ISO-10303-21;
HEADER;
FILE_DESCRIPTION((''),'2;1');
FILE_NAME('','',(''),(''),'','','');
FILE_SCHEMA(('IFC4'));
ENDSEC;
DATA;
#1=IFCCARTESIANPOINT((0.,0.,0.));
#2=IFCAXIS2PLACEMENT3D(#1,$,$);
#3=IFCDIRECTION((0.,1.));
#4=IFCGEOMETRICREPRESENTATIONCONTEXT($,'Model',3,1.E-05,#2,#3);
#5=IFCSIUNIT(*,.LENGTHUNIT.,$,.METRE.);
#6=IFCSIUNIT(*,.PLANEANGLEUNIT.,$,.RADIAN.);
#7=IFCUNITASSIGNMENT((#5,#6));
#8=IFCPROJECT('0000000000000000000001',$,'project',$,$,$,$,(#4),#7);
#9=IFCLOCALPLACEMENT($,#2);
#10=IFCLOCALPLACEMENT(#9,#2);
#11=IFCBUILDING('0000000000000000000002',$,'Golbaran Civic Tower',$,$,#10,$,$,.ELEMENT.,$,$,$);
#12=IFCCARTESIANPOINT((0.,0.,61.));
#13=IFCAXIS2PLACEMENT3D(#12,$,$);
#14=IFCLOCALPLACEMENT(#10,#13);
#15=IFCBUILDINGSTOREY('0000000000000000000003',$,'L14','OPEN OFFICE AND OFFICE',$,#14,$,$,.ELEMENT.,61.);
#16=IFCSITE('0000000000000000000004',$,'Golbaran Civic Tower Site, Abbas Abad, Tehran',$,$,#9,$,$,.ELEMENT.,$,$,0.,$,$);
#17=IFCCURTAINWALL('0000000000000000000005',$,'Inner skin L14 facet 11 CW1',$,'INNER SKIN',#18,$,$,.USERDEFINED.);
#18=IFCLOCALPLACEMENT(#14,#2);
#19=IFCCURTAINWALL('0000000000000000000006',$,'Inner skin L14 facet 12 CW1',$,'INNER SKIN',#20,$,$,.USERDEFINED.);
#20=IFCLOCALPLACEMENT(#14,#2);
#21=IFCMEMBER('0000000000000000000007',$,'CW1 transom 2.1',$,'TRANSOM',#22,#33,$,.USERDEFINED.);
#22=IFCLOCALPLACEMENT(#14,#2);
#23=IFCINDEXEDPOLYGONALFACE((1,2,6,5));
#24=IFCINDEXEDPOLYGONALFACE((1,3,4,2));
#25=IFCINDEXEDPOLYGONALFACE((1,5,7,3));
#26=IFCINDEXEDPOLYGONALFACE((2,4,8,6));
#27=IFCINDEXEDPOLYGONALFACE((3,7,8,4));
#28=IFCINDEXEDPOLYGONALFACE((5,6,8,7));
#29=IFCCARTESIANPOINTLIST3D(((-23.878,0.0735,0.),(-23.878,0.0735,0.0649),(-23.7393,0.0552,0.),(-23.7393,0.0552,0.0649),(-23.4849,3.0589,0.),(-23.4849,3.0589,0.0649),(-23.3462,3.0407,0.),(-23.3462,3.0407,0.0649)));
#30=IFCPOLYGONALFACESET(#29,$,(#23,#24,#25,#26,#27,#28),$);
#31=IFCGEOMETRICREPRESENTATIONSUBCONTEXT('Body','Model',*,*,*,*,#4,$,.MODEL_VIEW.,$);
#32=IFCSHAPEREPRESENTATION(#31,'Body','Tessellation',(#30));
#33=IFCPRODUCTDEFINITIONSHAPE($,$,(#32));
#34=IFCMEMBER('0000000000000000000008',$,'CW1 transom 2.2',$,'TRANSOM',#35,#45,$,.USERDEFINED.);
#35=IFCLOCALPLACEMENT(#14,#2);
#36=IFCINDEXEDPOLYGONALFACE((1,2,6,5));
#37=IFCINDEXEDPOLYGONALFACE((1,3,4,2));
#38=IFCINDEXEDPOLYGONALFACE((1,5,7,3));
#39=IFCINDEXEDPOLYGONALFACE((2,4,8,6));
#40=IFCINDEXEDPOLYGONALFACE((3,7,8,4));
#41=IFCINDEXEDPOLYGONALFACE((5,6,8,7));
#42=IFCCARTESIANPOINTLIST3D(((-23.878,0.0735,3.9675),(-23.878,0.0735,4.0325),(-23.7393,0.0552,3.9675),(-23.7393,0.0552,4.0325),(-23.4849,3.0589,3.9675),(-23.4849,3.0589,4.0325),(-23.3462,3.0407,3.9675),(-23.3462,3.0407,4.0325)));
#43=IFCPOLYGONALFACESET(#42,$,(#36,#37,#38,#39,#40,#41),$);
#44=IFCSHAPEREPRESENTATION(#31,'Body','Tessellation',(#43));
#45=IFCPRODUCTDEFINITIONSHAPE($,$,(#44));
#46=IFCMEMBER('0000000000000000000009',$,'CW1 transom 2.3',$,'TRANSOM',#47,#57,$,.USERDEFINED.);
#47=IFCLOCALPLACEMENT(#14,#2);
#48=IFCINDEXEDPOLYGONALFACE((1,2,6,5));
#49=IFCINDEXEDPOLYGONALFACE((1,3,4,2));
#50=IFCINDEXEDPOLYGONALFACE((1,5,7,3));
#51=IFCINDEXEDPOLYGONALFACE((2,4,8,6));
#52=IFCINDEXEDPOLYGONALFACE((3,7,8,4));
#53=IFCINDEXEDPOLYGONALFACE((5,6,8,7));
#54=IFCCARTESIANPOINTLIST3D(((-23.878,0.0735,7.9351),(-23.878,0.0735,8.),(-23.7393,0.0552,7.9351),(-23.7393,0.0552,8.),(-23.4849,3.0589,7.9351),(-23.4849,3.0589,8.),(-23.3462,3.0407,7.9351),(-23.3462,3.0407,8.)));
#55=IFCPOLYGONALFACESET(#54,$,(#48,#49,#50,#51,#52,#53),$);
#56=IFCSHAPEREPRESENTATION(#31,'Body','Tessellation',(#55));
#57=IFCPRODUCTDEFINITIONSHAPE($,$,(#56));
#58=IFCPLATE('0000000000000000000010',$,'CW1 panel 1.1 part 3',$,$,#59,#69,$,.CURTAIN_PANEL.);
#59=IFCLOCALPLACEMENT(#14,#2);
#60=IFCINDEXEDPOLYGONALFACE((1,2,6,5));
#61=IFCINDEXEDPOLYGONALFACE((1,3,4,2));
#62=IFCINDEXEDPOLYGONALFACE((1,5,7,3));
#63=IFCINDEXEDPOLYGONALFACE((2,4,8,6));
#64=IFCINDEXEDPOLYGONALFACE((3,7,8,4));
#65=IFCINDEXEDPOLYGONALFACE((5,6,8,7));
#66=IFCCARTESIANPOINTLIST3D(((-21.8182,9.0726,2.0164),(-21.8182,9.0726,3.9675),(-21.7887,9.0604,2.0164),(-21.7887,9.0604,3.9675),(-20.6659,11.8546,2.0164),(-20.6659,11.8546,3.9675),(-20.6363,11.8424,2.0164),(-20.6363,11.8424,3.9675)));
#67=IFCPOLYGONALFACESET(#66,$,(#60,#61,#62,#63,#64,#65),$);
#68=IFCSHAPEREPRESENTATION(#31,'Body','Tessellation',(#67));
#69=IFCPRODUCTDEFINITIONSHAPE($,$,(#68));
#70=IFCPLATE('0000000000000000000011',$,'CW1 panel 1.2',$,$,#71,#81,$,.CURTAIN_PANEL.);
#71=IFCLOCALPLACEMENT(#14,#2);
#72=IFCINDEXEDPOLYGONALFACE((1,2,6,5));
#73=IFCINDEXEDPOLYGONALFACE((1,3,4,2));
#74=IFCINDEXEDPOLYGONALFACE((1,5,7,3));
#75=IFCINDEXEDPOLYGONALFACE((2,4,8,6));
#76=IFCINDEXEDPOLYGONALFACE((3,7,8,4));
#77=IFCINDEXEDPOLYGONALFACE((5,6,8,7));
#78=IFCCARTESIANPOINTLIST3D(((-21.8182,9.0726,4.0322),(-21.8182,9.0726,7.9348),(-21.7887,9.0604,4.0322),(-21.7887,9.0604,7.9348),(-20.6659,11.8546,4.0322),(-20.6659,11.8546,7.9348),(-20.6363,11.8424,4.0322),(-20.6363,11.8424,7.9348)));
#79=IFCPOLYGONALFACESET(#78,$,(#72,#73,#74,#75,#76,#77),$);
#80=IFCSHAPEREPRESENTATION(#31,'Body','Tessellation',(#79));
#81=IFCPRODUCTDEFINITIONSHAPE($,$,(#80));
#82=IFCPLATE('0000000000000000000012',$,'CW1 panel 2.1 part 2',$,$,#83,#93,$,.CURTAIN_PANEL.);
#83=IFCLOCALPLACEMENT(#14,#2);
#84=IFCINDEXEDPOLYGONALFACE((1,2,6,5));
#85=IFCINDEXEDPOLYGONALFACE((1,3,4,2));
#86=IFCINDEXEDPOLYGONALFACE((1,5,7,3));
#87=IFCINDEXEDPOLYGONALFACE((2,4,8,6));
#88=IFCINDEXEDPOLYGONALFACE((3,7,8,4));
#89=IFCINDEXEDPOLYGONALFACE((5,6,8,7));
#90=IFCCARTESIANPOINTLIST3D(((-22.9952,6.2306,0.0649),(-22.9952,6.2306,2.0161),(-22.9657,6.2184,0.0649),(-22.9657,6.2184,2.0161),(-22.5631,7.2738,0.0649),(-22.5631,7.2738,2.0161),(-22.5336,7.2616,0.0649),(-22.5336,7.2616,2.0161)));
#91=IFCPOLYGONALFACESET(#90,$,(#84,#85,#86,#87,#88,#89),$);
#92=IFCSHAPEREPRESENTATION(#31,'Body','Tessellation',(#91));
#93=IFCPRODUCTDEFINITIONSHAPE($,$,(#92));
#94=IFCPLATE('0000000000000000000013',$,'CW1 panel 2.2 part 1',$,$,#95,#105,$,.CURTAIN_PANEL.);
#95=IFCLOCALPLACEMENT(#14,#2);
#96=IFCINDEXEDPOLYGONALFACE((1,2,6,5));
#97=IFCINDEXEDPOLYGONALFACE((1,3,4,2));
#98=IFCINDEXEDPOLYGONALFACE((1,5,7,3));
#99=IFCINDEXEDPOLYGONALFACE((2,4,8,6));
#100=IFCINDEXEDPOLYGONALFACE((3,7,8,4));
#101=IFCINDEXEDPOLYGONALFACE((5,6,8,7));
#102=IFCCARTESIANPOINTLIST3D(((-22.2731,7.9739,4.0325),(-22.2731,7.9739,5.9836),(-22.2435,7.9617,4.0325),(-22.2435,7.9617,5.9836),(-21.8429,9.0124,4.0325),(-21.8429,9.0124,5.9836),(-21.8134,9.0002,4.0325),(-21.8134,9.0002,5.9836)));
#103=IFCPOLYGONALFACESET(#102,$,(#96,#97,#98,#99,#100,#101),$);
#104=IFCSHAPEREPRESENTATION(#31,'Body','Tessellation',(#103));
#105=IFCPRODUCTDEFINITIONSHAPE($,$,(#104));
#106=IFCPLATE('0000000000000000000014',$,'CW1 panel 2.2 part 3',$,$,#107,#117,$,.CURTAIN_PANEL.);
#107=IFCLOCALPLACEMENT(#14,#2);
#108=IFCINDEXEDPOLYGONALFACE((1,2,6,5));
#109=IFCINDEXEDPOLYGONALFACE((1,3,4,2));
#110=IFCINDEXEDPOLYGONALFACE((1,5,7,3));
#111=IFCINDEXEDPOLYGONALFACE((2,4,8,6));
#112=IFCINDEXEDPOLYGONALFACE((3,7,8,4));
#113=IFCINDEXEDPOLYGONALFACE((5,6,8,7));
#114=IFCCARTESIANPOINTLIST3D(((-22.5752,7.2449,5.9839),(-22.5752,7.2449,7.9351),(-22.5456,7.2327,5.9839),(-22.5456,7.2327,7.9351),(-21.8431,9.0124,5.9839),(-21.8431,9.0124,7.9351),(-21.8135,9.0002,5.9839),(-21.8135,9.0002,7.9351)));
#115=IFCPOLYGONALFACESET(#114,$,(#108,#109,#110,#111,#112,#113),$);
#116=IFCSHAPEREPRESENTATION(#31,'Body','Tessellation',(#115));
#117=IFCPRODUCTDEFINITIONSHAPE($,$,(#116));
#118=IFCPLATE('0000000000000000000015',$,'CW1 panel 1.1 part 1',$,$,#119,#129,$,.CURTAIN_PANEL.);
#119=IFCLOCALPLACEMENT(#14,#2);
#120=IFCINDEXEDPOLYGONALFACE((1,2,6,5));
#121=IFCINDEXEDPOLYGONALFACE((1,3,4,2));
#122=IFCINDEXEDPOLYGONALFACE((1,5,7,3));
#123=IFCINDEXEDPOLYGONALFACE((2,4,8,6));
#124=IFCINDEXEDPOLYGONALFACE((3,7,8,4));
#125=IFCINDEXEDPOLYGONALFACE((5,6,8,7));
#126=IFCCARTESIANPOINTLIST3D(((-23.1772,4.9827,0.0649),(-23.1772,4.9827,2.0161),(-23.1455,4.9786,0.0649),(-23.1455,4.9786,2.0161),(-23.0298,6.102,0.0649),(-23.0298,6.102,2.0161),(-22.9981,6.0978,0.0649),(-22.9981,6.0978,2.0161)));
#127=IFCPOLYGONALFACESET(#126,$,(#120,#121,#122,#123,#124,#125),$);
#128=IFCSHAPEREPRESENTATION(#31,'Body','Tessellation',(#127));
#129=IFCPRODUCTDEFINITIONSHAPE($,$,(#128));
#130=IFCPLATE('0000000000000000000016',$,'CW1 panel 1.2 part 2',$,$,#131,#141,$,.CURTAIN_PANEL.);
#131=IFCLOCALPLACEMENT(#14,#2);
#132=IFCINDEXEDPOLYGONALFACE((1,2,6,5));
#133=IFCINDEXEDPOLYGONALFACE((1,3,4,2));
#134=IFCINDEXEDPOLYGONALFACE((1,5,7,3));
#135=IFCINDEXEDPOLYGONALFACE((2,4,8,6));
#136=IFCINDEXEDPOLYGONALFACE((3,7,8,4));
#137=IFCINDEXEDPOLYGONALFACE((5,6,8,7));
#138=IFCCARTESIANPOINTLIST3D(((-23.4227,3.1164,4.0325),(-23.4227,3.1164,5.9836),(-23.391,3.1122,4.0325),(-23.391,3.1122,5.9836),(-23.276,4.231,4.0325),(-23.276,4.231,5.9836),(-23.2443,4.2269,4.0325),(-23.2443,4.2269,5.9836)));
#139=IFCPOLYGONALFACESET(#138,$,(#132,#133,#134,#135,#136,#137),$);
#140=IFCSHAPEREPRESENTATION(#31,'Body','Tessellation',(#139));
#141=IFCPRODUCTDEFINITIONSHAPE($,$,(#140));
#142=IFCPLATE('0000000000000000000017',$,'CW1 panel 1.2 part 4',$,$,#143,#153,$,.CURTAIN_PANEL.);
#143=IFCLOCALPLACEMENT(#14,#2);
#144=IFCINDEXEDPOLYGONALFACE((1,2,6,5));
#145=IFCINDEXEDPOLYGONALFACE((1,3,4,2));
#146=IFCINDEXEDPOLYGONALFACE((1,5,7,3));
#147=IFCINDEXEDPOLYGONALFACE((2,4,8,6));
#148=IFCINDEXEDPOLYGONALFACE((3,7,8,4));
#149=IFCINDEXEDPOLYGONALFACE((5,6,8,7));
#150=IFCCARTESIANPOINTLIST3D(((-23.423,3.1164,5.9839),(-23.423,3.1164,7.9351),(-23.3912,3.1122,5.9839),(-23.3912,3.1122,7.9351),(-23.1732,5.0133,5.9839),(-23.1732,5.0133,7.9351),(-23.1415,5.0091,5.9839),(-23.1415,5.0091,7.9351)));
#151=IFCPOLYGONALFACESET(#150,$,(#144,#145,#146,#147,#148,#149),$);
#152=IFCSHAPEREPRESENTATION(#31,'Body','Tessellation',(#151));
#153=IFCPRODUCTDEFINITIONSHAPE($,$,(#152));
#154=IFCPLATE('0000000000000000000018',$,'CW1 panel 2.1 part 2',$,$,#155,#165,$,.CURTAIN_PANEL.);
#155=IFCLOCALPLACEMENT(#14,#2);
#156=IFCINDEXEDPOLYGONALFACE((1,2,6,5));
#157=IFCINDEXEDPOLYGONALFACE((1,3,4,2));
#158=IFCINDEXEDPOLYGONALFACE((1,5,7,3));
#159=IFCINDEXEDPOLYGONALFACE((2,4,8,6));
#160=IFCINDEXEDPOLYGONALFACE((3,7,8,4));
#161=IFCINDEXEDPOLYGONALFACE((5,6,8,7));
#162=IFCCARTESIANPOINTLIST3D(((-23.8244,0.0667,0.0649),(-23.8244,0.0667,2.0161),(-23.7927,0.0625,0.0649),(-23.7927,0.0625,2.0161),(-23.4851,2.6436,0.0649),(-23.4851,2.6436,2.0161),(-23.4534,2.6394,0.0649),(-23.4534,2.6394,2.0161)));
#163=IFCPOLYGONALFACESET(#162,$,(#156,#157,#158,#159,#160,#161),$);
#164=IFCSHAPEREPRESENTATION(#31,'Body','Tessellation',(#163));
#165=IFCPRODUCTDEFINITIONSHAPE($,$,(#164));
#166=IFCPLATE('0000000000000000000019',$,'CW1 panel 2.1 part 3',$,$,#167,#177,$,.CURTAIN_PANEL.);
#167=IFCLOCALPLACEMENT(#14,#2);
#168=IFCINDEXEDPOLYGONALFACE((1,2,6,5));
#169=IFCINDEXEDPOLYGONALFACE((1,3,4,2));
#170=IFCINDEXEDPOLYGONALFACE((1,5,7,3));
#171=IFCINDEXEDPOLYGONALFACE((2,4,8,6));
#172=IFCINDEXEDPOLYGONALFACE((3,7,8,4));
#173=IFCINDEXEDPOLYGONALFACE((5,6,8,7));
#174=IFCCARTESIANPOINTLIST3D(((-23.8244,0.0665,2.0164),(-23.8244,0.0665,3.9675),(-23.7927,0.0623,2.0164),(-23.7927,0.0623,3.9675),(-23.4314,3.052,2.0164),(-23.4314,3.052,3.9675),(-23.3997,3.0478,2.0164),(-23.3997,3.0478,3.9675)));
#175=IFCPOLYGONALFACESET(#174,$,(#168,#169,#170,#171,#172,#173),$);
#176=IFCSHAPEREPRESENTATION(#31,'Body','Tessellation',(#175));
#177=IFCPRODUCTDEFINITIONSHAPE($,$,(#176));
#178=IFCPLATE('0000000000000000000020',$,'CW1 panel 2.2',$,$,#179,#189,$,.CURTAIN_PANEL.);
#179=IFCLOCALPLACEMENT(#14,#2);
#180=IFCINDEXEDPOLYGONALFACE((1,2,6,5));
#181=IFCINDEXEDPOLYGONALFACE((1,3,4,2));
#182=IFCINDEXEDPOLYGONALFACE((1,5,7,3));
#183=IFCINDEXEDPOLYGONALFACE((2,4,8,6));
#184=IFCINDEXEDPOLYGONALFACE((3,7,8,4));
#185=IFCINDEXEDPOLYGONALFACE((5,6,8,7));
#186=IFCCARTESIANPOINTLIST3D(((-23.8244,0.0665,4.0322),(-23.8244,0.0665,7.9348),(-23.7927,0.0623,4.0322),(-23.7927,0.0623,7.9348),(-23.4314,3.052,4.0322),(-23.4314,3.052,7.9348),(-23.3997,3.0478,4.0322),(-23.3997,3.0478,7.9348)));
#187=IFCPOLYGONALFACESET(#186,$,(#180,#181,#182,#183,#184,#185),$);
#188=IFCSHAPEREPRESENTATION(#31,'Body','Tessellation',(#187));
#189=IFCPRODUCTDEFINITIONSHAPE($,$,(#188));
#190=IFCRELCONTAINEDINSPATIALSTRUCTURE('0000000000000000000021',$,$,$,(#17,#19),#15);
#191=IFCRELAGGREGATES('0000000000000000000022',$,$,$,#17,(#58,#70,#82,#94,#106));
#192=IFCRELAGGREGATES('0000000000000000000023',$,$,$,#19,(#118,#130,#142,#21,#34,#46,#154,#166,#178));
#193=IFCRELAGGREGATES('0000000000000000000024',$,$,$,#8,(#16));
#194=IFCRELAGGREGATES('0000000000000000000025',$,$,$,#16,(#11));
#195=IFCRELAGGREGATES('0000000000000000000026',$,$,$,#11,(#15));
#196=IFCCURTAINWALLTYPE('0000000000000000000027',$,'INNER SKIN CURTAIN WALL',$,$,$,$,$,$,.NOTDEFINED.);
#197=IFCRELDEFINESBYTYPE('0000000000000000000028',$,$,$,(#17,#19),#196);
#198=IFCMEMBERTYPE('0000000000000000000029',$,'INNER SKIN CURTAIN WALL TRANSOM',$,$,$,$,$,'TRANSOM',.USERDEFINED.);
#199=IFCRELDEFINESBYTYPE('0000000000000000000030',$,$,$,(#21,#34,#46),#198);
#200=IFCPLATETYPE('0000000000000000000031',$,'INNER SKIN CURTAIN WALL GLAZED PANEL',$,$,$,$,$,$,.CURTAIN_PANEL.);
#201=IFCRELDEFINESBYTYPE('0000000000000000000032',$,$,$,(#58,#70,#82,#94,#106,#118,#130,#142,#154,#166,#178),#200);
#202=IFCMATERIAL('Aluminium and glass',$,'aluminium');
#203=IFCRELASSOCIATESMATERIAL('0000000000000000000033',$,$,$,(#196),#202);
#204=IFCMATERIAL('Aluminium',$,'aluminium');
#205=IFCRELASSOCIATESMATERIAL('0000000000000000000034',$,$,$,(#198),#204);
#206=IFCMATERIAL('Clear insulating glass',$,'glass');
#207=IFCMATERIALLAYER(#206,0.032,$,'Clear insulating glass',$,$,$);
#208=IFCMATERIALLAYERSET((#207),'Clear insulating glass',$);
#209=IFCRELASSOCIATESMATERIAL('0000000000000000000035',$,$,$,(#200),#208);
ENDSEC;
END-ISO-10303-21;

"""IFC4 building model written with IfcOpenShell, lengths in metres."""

from ifc_helpers import new_model, si_unit, direction, frame, origin, origin_2d, place, context, subcontext, project, spatial, rectangle, extrude, material, layer, layer_set, material_profile, profile_set, type_object, element, aggregate, save


model = new_model("IFC4")

# Units and contexts
model_context = context("Model", 3, precision=1e-05, world=origin(), true_north=direction((0.0, 1.0)))
body_context = subcontext(model_context, "Body", "Model", "MODEL_VIEW")
ifc_project = project(units=[si_unit("LENGTHUNIT", "METRE"), si_unit("PLANEANGLEUNIT", "RADIAN")], contexts=[model_context])

# Site, building, storey
site_placement = place(None, origin())
site = spatial("IfcSite", under=ifc_project, at=site_placement, Name="Golbaran Civic Tower Site, Abbas Abad, Tehran", CompositionType="ELEMENT", RefElevation=0.0)
building_placement = place(site_placement, origin())
building = spatial("IfcBuilding", under=site, at=building_placement, Name="Golbaran Civic Tower", CompositionType="ELEMENT")
storey_placement = place(building_placement, frame((0.0, 0.0, 61.0)))
storey = spatial("IfcBuildingStorey", under=building, at=storey_placement, Name="L14", Description="OPEN OFFICE AND OFFICE", CompositionType="ELEMENT", Elevation=61.0)

# Curtain walls
ifc_material_1 = material(Name="Aluminium and glass", Category="aluminium")
curtain_wall_type = type_object("IfcCurtainWallType", Name="INNER SKIN CURTAIN WALL", PredefinedType="NOTDEFINED", material=ifc_material_1)
curtain_wall_1_placement = place(storey_placement, origin())
curtain_wall_1 = element("IfcCurtainWall", 1, at=curtain_wall_1_placement, inside=storey, type_object=curtain_wall_type, Name="Inner skin L14 facet 11 CW1", ObjectType="INNER SKIN", PredefinedType="USERDEFINED")
ifc_material_2 = material(Name="Aluminium", Category="aluminium")
curtain_wall_2_placement = place(storey_placement, origin())
curtain_wall_2 = element("IfcCurtainWall", 2, at=curtain_wall_2_placement, inside=storey, type_object=curtain_wall_type, Name="Inner skin L14 facet 12 CW1", ObjectType="INNER SKIN", PredefinedType="USERDEFINED")

# Members
ifc_material_profile_1 = material_profile(ifc_material_2, rectangle(XDim=0.1399, YDim=0.0649, at=origin_2d()), Name="INNER SKIN CURTAIN WALL TRANSOM")
ifc_profile_set_1 = profile_set([ifc_material_profile_1], Name="Aluminium")
member_type_1 = type_object("IfcMemberType", Name="INNER SKIN CURTAIN WALL TRANSOM", ElementType="TRANSOM", PredefinedType="USERDEFINED", material=ifc_profile_set_1)
member_1_placement = place(storey_placement, frame((-23.4155, 3.0498, 0.0325), z_axis=(-0.130538, -0.991443, 0.0), x_axis=(0.991443, -0.130538, 0.0)))
member_1 = element("IfcMember", 3, at=member_1_placement, type_object=member_type_1, Name="CW1 transom 2.1", ObjectType="TRANSOM", PredefinedType="USERDEFINED", context=body_context, shape_type="SweptSolid", body=[
    extrude(rectangle(XDim=0.1399, YDim=0.0649, at=origin_2d()), origin(), (0.0, 0.0, 1.0), 3.0112),
])
member_2_placement = place(storey_placement, frame((-23.4155, 3.0498, 4.0), z_axis=(-0.130538, -0.991443, 0.0), x_axis=(0.991443, -0.130538, 0.0)))
member_2 = element("IfcMember", 4, at=member_2_placement, type_object=member_type_1, Name="CW1 transom 2.2", ObjectType="TRANSOM", PredefinedType="USERDEFINED", context=body_context, shape_type="SweptSolid", body=[
    extrude(rectangle(XDim=0.1399, YDim=0.0649, at=origin_2d()), origin(), (0.0, 0.0, 1.0), 3.0112),
])
member_3_placement = place(storey_placement, frame((-23.4155, 3.0498, 7.9675), z_axis=(-0.130538, -0.991443, 0.0), x_axis=(0.991443, -0.130538, 0.0)))
member_3 = element("IfcMember", 5, at=member_3_placement, type_object=member_type_1, Name="CW1 transom 2.3", ObjectType="TRANSOM", PredefinedType="USERDEFINED", context=body_context, shape_type="SweptSolid", body=[
    extrude(rectangle(XDim=0.1399, YDim=0.0649, at=origin_2d()), origin(), (0.0, 0.0, 1.0), 3.0112),
])

# Plates
ifc_material_3 = material(Name="Clear insulating glass", Category="glass")
ifc_layer_1 = layer(ifc_material_3, 0.032, Name="Clear insulating glass")
ifc_layer_set_1 = layer_set([ifc_layer_1], Name="Clear insulating glass")
plate_type_1 = type_object("IfcPlateType", Name="INNER SKIN CURTAIN WALL GLAZED PANEL", PredefinedType="CURTAIN_PANEL", material=ifc_layer_set_1)
plate_1_placement = place(storey_placement, frame((-21.2273, 10.4575, 2.0164), z_axis=(0.0, 0.0, 1.0), x_axis=(-0.382683, -0.92388, 0.0)))
plate_1 = element("IfcPlate", 6, at=plate_1_placement, type_object=plate_type_1, Name="CW1 panel 1.1 part 3", PredefinedType="CURTAIN_PANEL", context=body_context, shape_type="SweptSolid", body=[
    extrude(rectangle(XDim=3.0112, YDim=0.032, at=origin_2d()), origin(), (0.0, 0.0, 1.0), 1.9512),
])
plate_2_placement = place(storey_placement, frame((-21.2273, 10.4575, 4.0322), z_axis=(0.0, 0.0, 1.0), x_axis=(-0.382683, -0.92388, 0.0)))
plate_2 = element("IfcPlate", 7, at=plate_2_placement, type_object=plate_type_1, Name="CW1 panel 1.2", PredefinedType="CURTAIN_PANEL", context=body_context, shape_type="SweptSolid", body=[
    extrude(rectangle(XDim=3.0112, YDim=0.032, at=origin_2d()), origin(), (0.0, 0.0, 1.0), 3.9026),
])
plate_3_placement = place(storey_placement, frame((-22.7644, 6.7461, 0.0649), z_axis=(0.0, 0.0, 1.0), x_axis=(-0.382683, -0.92388, 0.0)))
plate_3 = element("IfcPlate", 8, at=plate_3_placement, type_object=plate_type_1, Name="CW1 panel 2.1 part 2", PredefinedType="CURTAIN_PANEL", context=body_context, shape_type="SweptSolid", body=[
    extrude(rectangle(XDim=1.1292, YDim=0.032, at=origin_2d()), origin(), (0.0, 0.0, 1.0), 1.9512),
])
plate_4_placement = place(storey_placement, frame((-22.0432, 8.4871, 4.0325), z_axis=(0.0, 0.0, 1.0), x_axis=(-0.382683, -0.92388, 0.0)))
plate_4 = element("IfcPlate", 9, at=plate_4_placement, type_object=plate_type_1, Name="CW1 panel 2.2 part 1", PredefinedType="CURTAIN_PANEL", context=body_context, shape_type="SweptSolid", body=[
    extrude(rectangle(XDim=1.124, YDim=0.032, at=origin_2d()), origin(), (0.0, 0.0, 1.0), 1.9512),
])
plate_5_placement = place(storey_placement, frame((-22.1943, 8.1226, 5.9839), z_axis=(0.0, 0.0, 1.0), x_axis=(-0.382683, -0.92388, 0.0)))
plate_5 = element("IfcPlate", 10, at=plate_5_placement, type_object=plate_type_1, Name="CW1 panel 2.2 part 3", PredefinedType="CURTAIN_PANEL", context=body_context, shape_type="SweptSolid", body=[
    extrude(rectangle(XDim=1.9131, YDim=0.032, at=origin_2d()), origin(), (0.0, 0.0, 1.0), 1.9512),
])
plate_6_placement = place(storey_placement, frame((-23.0876, 5.5403, 0.0649), z_axis=(0.0, 0.0, 1.0), x_axis=(-0.130526, -0.991445, 0.0)))
plate_6 = element("IfcPlate", 11, at=plate_6_placement, type_object=plate_type_1, Name="CW1 panel 1.1 part 1", PredefinedType="CURTAIN_PANEL", context=body_context, shape_type="SweptSolid", body=[
    extrude(rectangle(XDim=1.1289, YDim=0.032, at=origin_2d()), origin(), (0.0, 0.0, 1.0), 1.9512),
])
plate_7_placement = place(storey_placement, frame((-23.3335, 3.6716, 4.0325), z_axis=(0.0, 0.0, 1.0), x_axis=(-0.130526, -0.991445, 0.0)))
plate_7 = element("IfcPlate", 12, at=plate_7_placement, type_object=plate_type_1, Name="CW1 panel 1.2 part 2", PredefinedType="CURTAIN_PANEL", context=body_context, shape_type="SweptSolid", body=[
    extrude(rectangle(XDim=1.1243, YDim=0.032, at=origin_2d()), origin(), (0.0, 0.0, 1.0), 1.9512),
])
plate_8_placement = place(storey_placement, frame((-23.2822, 4.0627, 5.9839), z_axis=(0.0, 0.0, 1.0), x_axis=(-0.130526, -0.991445, 0.0)))
plate_8 = element("IfcPlate", 13, at=plate_8_placement, type_object=plate_type_1, Name="CW1 panel 1.2 part 4", PredefinedType="CURTAIN_PANEL", context=body_context, shape_type="SweptSolid", body=[
    extrude(rectangle(XDim=1.9133, YDim=0.032, at=origin_2d()), origin(), (0.0, 0.0, 1.0), 1.9512),
])
plate_9_placement = place(storey_placement, frame((-23.6389, 1.353, 0.0649), z_axis=(0.0, 0.0, 1.0), x_axis=(-0.130526, -0.991445, 0.0)))
plate_9 = element("IfcPlate", 14, at=plate_9_placement, type_object=plate_type_1, Name="CW1 panel 2.1 part 2", PredefinedType="CURTAIN_PANEL", context=body_context, shape_type="SweptSolid", body=[
    extrude(rectangle(XDim=2.5991, YDim=0.032, at=origin_2d()), origin(), (0.0, 0.0, 1.0), 1.9512),
])
plate_10_placement = place(storey_placement, frame((-23.6121, 1.5571, 2.0164), z_axis=(0.0, 0.0, 1.0), x_axis=(-0.130526, -0.991445, 0.0)))
plate_10 = element("IfcPlate", 15, at=plate_10_placement, type_object=plate_type_1, Name="CW1 panel 2.1 part 3", PredefinedType="CURTAIN_PANEL", context=body_context, shape_type="SweptSolid", body=[
    extrude(rectangle(XDim=3.0112, YDim=0.032, at=origin_2d()), origin(), (0.0, 0.0, 1.0), 1.9512),
])
plate_11_placement = place(storey_placement, frame((-23.6121, 1.5571, 4.0322), z_axis=(0.0, 0.0, 1.0), x_axis=(-0.130526, -0.991445, 0.0)))
plate_11 = element("IfcPlate", 16, at=plate_11_placement, type_object=plate_type_1, Name="CW1 panel 2.2", PredefinedType="CURTAIN_PANEL", context=body_context, shape_type="SweptSolid", body=[
    extrude(rectangle(XDim=3.0112, YDim=0.032, at=origin_2d()), origin(), (0.0, 0.0, 1.0), 3.9026),
])
aggregate(curtain_wall_1, [plate_1, plate_2, plate_3, plate_4, plate_5])
aggregate(curtain_wall_2, [plate_6, plate_7, plate_8, member_1, member_2, member_3, plate_9, plate_10, plate_11])

save(model, "model.ifc")
